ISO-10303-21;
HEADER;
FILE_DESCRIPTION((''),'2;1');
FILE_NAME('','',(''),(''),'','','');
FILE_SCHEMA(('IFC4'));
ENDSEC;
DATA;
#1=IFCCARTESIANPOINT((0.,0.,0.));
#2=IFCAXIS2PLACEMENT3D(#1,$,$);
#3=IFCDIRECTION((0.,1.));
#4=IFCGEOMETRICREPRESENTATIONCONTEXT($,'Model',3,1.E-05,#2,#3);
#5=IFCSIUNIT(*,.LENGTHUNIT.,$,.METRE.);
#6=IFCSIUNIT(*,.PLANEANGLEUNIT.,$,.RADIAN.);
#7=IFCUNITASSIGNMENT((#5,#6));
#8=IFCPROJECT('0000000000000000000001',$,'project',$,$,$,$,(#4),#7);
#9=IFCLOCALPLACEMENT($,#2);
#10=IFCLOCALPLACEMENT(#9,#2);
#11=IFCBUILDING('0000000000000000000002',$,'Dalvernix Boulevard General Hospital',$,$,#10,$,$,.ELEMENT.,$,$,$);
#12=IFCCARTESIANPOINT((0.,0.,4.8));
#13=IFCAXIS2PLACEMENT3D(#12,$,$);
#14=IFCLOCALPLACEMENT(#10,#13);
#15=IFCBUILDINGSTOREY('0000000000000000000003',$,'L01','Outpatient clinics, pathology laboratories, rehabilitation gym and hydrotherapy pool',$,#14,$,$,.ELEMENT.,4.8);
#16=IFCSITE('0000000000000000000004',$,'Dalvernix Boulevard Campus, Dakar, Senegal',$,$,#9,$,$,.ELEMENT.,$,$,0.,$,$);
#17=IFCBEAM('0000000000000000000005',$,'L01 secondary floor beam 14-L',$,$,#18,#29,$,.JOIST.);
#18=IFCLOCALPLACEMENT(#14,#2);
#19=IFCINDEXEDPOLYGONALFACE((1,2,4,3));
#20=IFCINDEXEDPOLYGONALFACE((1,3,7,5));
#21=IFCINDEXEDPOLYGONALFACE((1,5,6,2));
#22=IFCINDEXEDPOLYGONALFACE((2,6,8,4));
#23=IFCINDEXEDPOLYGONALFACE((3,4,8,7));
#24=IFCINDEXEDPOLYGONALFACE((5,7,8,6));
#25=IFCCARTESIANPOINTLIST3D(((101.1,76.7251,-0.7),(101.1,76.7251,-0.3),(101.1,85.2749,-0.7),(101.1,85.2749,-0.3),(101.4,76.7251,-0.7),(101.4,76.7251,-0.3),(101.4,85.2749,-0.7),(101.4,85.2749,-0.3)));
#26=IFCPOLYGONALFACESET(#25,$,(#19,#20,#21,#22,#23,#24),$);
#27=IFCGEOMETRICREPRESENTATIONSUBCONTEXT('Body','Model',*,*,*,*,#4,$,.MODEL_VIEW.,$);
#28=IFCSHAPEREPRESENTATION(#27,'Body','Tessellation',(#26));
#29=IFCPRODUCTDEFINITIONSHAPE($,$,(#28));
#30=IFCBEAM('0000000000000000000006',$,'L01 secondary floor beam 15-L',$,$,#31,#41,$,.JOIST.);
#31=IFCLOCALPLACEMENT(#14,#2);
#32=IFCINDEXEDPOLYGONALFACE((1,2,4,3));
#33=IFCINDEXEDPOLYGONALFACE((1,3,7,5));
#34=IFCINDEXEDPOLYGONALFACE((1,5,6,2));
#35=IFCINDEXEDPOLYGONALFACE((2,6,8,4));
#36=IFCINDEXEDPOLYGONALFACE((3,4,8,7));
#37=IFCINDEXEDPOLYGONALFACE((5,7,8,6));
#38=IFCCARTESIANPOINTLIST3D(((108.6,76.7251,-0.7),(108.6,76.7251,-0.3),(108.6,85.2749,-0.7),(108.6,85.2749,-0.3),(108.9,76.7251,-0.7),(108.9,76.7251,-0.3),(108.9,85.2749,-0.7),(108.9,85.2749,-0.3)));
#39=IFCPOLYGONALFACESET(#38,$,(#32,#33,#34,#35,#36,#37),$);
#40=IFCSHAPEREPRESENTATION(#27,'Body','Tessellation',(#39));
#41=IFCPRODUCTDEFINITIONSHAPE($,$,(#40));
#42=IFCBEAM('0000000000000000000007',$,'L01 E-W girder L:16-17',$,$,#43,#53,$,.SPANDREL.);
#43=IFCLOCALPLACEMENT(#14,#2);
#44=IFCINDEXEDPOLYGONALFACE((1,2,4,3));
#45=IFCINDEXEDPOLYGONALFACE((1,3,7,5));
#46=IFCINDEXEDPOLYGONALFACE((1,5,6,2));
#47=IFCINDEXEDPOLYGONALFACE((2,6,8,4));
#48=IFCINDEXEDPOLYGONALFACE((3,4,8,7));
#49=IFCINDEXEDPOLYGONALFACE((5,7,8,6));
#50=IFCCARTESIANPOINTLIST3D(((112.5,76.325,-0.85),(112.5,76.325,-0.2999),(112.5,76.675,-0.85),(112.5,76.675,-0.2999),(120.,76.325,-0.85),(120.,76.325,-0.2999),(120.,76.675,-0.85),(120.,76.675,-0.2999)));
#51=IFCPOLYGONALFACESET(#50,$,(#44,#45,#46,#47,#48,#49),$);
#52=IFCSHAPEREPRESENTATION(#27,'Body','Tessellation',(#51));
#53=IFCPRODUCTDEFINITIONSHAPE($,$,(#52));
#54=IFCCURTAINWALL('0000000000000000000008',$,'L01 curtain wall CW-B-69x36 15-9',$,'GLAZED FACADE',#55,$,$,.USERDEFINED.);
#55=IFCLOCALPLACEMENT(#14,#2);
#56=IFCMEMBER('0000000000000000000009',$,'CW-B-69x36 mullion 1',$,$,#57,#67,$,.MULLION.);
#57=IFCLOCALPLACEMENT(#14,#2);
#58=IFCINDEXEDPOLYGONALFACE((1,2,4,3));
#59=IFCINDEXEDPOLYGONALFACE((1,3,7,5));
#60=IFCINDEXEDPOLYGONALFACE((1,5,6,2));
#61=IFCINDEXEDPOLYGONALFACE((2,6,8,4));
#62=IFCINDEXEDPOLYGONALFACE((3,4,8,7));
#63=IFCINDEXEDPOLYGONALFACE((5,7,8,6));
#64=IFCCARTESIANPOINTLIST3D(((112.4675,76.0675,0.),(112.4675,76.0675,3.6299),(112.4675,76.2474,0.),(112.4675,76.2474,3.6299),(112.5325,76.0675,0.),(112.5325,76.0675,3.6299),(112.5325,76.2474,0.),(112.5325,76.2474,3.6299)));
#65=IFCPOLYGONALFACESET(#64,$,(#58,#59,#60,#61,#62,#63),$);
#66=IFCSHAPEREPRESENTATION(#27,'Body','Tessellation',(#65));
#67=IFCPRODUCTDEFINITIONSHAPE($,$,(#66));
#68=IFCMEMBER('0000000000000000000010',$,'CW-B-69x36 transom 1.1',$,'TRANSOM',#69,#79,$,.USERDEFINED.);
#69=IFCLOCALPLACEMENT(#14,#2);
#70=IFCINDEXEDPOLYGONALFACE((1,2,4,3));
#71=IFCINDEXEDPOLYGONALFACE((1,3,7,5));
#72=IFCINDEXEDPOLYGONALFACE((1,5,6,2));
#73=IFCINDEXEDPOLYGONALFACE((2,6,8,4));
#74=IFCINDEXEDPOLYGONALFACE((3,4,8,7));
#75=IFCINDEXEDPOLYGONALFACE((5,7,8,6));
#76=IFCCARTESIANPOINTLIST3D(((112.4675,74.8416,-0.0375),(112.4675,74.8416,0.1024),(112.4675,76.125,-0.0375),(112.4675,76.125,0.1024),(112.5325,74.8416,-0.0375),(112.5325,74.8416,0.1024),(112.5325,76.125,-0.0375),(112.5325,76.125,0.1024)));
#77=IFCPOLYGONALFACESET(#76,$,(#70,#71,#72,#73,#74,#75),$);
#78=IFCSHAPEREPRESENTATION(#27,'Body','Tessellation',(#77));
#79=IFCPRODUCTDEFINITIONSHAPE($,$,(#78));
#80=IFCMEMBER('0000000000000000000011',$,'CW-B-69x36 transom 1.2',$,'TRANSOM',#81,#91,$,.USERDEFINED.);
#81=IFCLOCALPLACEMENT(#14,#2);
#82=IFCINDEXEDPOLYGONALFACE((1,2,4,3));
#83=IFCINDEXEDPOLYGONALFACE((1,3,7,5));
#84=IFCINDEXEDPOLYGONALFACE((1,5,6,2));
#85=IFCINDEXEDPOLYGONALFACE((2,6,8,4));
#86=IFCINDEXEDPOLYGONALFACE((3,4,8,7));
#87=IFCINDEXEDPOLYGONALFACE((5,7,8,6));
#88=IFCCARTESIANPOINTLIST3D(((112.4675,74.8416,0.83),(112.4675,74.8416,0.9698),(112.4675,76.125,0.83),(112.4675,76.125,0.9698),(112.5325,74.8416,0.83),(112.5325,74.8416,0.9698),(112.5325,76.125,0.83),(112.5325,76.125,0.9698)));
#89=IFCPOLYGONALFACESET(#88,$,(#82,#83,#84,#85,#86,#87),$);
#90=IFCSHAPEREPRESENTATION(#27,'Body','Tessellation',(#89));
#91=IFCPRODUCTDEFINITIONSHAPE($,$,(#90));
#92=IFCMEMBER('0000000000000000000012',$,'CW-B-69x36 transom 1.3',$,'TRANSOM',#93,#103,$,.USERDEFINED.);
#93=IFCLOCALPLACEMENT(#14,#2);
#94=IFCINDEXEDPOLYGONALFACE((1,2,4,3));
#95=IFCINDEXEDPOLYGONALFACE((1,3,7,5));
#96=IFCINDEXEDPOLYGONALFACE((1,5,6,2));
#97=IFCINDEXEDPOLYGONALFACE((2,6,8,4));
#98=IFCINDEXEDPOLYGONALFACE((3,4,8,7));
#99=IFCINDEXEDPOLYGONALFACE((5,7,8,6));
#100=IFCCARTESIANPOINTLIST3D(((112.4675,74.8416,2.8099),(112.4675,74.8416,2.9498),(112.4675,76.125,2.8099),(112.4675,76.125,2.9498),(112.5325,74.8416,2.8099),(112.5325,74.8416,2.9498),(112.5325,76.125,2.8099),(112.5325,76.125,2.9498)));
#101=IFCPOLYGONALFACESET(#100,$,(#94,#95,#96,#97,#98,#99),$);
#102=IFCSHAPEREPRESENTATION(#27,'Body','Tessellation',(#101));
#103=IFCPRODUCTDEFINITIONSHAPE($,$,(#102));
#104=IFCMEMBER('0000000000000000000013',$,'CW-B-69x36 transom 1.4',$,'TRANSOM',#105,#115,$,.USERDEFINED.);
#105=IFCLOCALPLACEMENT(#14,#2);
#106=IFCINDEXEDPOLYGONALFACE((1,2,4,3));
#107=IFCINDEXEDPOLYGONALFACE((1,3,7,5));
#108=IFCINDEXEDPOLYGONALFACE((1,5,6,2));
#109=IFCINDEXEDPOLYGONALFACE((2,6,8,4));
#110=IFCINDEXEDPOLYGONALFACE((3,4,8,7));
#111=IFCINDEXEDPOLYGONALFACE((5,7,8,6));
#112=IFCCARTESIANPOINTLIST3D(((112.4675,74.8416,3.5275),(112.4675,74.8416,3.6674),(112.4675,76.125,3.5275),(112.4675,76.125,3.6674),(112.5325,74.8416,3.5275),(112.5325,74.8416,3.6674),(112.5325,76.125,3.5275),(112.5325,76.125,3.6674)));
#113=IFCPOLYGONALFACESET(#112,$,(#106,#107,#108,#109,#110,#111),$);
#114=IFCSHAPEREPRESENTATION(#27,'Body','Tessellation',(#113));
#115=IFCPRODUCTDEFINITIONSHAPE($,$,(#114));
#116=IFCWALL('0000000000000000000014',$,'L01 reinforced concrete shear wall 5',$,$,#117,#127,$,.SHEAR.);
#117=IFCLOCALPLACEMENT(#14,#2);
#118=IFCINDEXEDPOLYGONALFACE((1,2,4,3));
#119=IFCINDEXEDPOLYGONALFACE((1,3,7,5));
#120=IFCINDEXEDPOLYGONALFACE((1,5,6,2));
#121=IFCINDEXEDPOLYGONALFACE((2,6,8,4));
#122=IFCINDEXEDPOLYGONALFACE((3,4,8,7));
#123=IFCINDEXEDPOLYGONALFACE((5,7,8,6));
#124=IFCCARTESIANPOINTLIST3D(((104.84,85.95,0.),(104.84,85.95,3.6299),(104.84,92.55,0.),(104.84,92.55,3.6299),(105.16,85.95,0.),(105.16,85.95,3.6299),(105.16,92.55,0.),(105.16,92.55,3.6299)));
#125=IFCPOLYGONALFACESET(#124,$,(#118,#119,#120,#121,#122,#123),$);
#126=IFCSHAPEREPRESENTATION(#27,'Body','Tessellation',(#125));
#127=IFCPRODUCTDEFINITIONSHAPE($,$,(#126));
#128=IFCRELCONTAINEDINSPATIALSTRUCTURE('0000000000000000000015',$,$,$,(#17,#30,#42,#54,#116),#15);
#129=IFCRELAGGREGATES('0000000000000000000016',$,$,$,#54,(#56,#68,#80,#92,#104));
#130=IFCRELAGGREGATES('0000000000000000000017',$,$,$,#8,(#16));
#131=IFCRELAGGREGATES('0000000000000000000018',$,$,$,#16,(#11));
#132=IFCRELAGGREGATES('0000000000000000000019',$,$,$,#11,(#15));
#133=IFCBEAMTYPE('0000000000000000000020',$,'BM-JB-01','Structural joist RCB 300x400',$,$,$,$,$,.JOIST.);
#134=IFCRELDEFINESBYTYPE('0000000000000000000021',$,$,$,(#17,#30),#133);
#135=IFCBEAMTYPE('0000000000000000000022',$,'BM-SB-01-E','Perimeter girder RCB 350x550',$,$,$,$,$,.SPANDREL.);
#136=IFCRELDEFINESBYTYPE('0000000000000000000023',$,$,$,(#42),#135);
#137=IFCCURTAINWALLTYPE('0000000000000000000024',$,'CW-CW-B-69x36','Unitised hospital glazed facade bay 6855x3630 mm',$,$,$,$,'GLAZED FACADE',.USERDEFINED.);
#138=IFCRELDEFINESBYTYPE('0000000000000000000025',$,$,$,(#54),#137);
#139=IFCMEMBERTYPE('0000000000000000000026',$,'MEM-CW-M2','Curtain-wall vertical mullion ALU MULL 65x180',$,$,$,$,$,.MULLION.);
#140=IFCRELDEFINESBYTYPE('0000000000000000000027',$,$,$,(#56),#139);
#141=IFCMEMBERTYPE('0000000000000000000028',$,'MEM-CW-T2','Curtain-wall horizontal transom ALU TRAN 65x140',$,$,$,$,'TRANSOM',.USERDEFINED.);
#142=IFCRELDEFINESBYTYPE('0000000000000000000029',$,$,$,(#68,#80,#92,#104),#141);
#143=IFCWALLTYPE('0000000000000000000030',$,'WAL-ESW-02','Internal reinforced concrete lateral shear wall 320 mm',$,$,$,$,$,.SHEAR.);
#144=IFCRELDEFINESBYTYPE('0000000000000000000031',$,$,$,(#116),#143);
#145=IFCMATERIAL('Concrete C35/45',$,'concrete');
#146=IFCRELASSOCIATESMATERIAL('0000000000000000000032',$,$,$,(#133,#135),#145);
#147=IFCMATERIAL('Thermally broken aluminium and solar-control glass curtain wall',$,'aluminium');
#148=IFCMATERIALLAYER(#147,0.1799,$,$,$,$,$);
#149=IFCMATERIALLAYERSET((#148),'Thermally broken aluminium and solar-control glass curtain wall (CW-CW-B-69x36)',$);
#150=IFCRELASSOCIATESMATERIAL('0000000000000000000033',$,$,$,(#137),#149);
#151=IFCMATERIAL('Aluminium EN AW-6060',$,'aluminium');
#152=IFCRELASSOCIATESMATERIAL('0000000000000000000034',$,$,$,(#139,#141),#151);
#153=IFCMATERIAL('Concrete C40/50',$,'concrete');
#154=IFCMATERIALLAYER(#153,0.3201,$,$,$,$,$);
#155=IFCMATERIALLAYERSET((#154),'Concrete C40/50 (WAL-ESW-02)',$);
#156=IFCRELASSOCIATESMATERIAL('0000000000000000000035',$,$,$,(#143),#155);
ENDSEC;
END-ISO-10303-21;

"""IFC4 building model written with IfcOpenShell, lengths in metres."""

from ifc_helpers import new_model, si_unit, direction, frame, frame_2d, origin, origin_2d, place, context, subcontext, project, spatial, rectangle, extrude, material, layer, layer_set, material_profile, profile_set, type_object, element, aggregate, save


model = new_model("IFC4")

# Units and contexts
model_context = context("Model", 3, precision=1e-05, world=origin(), true_north=direction((0.0, 1.0)))
body_context = subcontext(model_context, "Body", "Model", "MODEL_VIEW")
ifc_project = project(units=[si_unit("LENGTHUNIT", "METRE"), si_unit("PLANEANGLEUNIT", "RADIAN")], contexts=[model_context])

# Site, building, storey
site_placement = place(None, origin())
site = spatial("IfcSite", under=ifc_project, at=site_placement, Name="Dalvernix Boulevard Campus, Dakar, Senegal", CompositionType="ELEMENT", RefElevation=0.0)
building_placement = place(site_placement, origin())
building = spatial("IfcBuilding", under=site, at=building_placement, Name="Dalvernix Boulevard General Hospital", CompositionType="ELEMENT")
storey_placement = place(building_placement, frame((0.0, 0.0, 4.8)))
storey = spatial("IfcBuildingStorey", under=building, at=storey_placement, Name="L01", Description="Outpatient clinics, pathology laboratories, rehabilitation gym and hydrotherapy pool", CompositionType="ELEMENT", Elevation=4.8)

# Shared definitions
ifc_material_1 = material(Name="Concrete C40/50", Category="concrete")

# Beams
ifc_material_2 = material(Name="Concrete C35/45", Category="concrete")
ifc_material_profile_1 = material_profile(ifc_material_2, rectangle(XDim=0.3, YDim=0.3999, at=origin_2d()), Name="RCB 300x400")
ifc_profile_set_1 = profile_set([ifc_material_profile_1], Name="Concrete C35/45")
beam_type_1 = type_object("IfcBeamType", Name="BM-JB-01", Description="Structural joist RCB 300x400", PredefinedType="JOIST", material=ifc_profile_set_1)
for number, where, z_axis, x_axis, name in (
    (1, (101.25, 76.7251, -0.5), (0.0, 1.0, 0.0), (-1.0, 0.0, 0.0), "L01 secondary floor beam 14-L"),
    (2, (108.75, 76.7251, -0.5), (0.0, 1.0, 0.0), (-1.0, 0.0, 0.0), "L01 secondary floor beam 15-L"),
):
    element("IfcBeam", number, at=place(storey_placement, frame(where, z_axis=z_axis, x_axis=x_axis)), inside=storey, type_object=beam_type_1, Name=name, PredefinedType="JOIST", context=body_context, shape_type="SweptSolid", body=[
        extrude(rectangle(XDim=0.3, YDim=0.3999, at=origin_2d()), origin(), (0.0, 0.0, 1.0), 8.5498),
    ])
ifc_material_profile_2 = material_profile(ifc_material_2, rectangle(XDim=0.3501, YDim=0.55, at=origin_2d()), Name="RCB 350x550")
ifc_profile_set_2 = profile_set([ifc_material_profile_2], Name="Concrete C35/45")
beam_type_2 = type_object("IfcBeamType", Name="BM-SB-01-E", Description="Perimeter girder RCB 350x550", PredefinedType="SPANDREL", material=ifc_profile_set_2)
beam_1_placement = place(storey_placement, frame((112.5, 76.5, -0.575), z_axis=(1.0, 0.0, 0.0), x_axis=(0.0, 1.0, 0.0)))
element("IfcBeam", 3, at=beam_1_placement, inside=storey, type_object=beam_type_2, Name="L01 E-W girder L:16-17", PredefinedType="SPANDREL", context=body_context, shape_type="SweptSolid", body=[
    extrude(rectangle(XDim=0.3501, YDim=0.55, at=origin_2d()), origin(), (0.0, 0.0, 1.0), 7.5),
])

# Curtain wall, members
ifc_material_3 = material(Name="Thermally broken aluminium and solar-control glass curtain wall", Category="aluminium")
ifc_layer_1 = layer(ifc_material_3, 0.1799)
ifc_layer_set_1 = layer_set([ifc_layer_1], Name="Thermally broken aluminium and solar-control glass curtain wall (CW-CW-B-69x36)")
curtain_wall_type = type_object("IfcCurtainWallType", Name="CW-CW-B-69x36", Description="Unitised hospital glazed facade bay 6855x3630 mm", ElementType="GLAZED FACADE", PredefinedType="USERDEFINED", material=ifc_layer_set_1)
curtain_wall_placement = place(storey_placement, origin())
curtain_wall = element("IfcCurtainWall", 4, at=curtain_wall_placement, inside=storey, type_object=curtain_wall_type, Name="L01 curtain wall CW-B-69x36 15-9", ObjectType="GLAZED FACADE", PredefinedType="USERDEFINED")
ifc_material_4 = material(Name="Aluminium EN AW-6060", Category="aluminium")
ifc_material_profile_3 = material_profile(ifc_material_4, rectangle(XDim=0.0649, YDim=0.1799, at=origin_2d()), Name="ALU MULL 65x180")
ifc_profile_set_3 = profile_set([ifc_material_profile_3], Name="Aluminium EN AW-6060")
member_type_1 = type_object("IfcMemberType", Name="MEM-CW-M2", Description="Curtain-wall vertical mullion ALU MULL 65x180", PredefinedType="MULLION", material=ifc_profile_set_3)
member_1_placement = place(storey_placement, frame((112.5, 76.1575, 0.0), z_axis=(0.0, 0.0, 1.0), x_axis=(1.0, 0.0, 0.0)))
member_1 = element("IfcMember", 5, at=member_1_placement, type_object=member_type_1, Name="CW-B-69x36 mullion 1", PredefinedType="MULLION", context=body_context, shape_type="SweptSolid", body=[
    extrude(rectangle(XDim=0.0649, YDim=0.1799, at=origin_2d()), origin(), (0.0, 0.0, 1.0), 3.6299),
])
ifc_material_profile_4 = material_profile(ifc_material_4, rectangle(XDim=0.0649, YDim=0.1399, at=origin_2d()), Name="ALU TRAN 65x140")
ifc_profile_set_4 = profile_set([ifc_material_profile_4], Name="Aluminium EN AW-6060")
member_type_2 = type_object("IfcMemberType", Name="MEM-CW-T2", Description="Curtain-wall horizontal transom ALU TRAN 65x140", ElementType="TRANSOM", PredefinedType="USERDEFINED", material=ifc_profile_set_4)
member_2_placement = place(storey_placement, frame((112.5, 76.125, 0.0325), z_axis=(0.0, -1.0, 0.0), x_axis=(1.0, 0.0, 0.0)))
member_2 = element("IfcMember", 6, at=member_2_placement, type_object=member_type_2, Name="CW-B-69x36 transom 1.1", ObjectType="TRANSOM", PredefinedType="USERDEFINED", context=body_context, shape_type="SweptSolid", body=[
    extrude(rectangle(XDim=0.0649, YDim=0.1399, at=origin_2d()), origin(), (0.0, 0.0, 1.0), 1.2834),
])
member_3_placement = place(storey_placement, frame((112.5, 76.125, 0.8999), z_axis=(0.0, -1.0, 0.0), x_axis=(1.0, 0.0, 0.0)))
member_3 = element("IfcMember", 7, at=member_3_placement, type_object=member_type_2, Name="CW-B-69x36 transom 1.2", ObjectType="TRANSOM", PredefinedType="USERDEFINED", context=body_context, shape_type="SweptSolid", body=[
    extrude(rectangle(XDim=0.0649, YDim=0.1399, at=origin_2d()), origin(), (0.0, 0.0, 1.0), 1.2834),
])
member_4_placement = place(storey_placement, frame((112.5, 76.125, 2.8799), z_axis=(0.0, -1.0, 0.0), x_axis=(1.0, 0.0, 0.0)))
member_4 = element("IfcMember", 8, at=member_4_placement, type_object=member_type_2, Name="CW-B-69x36 transom 1.3", ObjectType="TRANSOM", PredefinedType="USERDEFINED", context=body_context, shape_type="SweptSolid", body=[
    extrude(rectangle(XDim=0.0649, YDim=0.1399, at=origin_2d()), origin(), (0.0, 0.0, 1.0), 1.2834),
])
member_5_placement = place(storey_placement, frame((112.5, 76.125, 3.5974), z_axis=(0.0, -1.0, 0.0), x_axis=(1.0, 0.0, 0.0)))
member_5 = element("IfcMember", 9, at=member_5_placement, type_object=member_type_2, Name="CW-B-69x36 transom 1.4", ObjectType="TRANSOM", PredefinedType="USERDEFINED", context=body_context, shape_type="SweptSolid", body=[
    extrude(rectangle(XDim=0.0649, YDim=0.1399, at=origin_2d()), origin(), (0.0, 0.0, 1.0), 1.2834),
])
aggregate(curtain_wall, [member_1, member_2, member_3, member_4, member_5])

# Wall
ifc_layer_2 = layer(ifc_material_1, 0.3201)
ifc_layer_set_2 = layer_set([ifc_layer_2], Name="Concrete C40/50 (WAL-ESW-02)")
wall_type = type_object("IfcWallType", Name="WAL-ESW-02", Description="Internal reinforced concrete lateral shear wall 320 mm", PredefinedType="SHEAR", material=ifc_layer_set_2)
wall_placement = place(storey_placement, frame((105.0, 85.95, 0.0), z_axis=(0.0, 0.0, 1.0), x_axis=(0.0, 1.0, 0.0)))
element("IfcWall", 10, at=wall_placement, inside=storey, type_object=wall_type, Name="L01 reinforced concrete shear wall 5", PredefinedType="SHEAR", context=body_context, shape_type="SweptSolid", body=[
    extrude(rectangle(XDim=6.6001, YDim=0.3201, at=frame_2d((3.3, 0.0))), origin(), (0.0, 0.0, 1.0), 3.6299),
])

save(model, "model.ifc")
